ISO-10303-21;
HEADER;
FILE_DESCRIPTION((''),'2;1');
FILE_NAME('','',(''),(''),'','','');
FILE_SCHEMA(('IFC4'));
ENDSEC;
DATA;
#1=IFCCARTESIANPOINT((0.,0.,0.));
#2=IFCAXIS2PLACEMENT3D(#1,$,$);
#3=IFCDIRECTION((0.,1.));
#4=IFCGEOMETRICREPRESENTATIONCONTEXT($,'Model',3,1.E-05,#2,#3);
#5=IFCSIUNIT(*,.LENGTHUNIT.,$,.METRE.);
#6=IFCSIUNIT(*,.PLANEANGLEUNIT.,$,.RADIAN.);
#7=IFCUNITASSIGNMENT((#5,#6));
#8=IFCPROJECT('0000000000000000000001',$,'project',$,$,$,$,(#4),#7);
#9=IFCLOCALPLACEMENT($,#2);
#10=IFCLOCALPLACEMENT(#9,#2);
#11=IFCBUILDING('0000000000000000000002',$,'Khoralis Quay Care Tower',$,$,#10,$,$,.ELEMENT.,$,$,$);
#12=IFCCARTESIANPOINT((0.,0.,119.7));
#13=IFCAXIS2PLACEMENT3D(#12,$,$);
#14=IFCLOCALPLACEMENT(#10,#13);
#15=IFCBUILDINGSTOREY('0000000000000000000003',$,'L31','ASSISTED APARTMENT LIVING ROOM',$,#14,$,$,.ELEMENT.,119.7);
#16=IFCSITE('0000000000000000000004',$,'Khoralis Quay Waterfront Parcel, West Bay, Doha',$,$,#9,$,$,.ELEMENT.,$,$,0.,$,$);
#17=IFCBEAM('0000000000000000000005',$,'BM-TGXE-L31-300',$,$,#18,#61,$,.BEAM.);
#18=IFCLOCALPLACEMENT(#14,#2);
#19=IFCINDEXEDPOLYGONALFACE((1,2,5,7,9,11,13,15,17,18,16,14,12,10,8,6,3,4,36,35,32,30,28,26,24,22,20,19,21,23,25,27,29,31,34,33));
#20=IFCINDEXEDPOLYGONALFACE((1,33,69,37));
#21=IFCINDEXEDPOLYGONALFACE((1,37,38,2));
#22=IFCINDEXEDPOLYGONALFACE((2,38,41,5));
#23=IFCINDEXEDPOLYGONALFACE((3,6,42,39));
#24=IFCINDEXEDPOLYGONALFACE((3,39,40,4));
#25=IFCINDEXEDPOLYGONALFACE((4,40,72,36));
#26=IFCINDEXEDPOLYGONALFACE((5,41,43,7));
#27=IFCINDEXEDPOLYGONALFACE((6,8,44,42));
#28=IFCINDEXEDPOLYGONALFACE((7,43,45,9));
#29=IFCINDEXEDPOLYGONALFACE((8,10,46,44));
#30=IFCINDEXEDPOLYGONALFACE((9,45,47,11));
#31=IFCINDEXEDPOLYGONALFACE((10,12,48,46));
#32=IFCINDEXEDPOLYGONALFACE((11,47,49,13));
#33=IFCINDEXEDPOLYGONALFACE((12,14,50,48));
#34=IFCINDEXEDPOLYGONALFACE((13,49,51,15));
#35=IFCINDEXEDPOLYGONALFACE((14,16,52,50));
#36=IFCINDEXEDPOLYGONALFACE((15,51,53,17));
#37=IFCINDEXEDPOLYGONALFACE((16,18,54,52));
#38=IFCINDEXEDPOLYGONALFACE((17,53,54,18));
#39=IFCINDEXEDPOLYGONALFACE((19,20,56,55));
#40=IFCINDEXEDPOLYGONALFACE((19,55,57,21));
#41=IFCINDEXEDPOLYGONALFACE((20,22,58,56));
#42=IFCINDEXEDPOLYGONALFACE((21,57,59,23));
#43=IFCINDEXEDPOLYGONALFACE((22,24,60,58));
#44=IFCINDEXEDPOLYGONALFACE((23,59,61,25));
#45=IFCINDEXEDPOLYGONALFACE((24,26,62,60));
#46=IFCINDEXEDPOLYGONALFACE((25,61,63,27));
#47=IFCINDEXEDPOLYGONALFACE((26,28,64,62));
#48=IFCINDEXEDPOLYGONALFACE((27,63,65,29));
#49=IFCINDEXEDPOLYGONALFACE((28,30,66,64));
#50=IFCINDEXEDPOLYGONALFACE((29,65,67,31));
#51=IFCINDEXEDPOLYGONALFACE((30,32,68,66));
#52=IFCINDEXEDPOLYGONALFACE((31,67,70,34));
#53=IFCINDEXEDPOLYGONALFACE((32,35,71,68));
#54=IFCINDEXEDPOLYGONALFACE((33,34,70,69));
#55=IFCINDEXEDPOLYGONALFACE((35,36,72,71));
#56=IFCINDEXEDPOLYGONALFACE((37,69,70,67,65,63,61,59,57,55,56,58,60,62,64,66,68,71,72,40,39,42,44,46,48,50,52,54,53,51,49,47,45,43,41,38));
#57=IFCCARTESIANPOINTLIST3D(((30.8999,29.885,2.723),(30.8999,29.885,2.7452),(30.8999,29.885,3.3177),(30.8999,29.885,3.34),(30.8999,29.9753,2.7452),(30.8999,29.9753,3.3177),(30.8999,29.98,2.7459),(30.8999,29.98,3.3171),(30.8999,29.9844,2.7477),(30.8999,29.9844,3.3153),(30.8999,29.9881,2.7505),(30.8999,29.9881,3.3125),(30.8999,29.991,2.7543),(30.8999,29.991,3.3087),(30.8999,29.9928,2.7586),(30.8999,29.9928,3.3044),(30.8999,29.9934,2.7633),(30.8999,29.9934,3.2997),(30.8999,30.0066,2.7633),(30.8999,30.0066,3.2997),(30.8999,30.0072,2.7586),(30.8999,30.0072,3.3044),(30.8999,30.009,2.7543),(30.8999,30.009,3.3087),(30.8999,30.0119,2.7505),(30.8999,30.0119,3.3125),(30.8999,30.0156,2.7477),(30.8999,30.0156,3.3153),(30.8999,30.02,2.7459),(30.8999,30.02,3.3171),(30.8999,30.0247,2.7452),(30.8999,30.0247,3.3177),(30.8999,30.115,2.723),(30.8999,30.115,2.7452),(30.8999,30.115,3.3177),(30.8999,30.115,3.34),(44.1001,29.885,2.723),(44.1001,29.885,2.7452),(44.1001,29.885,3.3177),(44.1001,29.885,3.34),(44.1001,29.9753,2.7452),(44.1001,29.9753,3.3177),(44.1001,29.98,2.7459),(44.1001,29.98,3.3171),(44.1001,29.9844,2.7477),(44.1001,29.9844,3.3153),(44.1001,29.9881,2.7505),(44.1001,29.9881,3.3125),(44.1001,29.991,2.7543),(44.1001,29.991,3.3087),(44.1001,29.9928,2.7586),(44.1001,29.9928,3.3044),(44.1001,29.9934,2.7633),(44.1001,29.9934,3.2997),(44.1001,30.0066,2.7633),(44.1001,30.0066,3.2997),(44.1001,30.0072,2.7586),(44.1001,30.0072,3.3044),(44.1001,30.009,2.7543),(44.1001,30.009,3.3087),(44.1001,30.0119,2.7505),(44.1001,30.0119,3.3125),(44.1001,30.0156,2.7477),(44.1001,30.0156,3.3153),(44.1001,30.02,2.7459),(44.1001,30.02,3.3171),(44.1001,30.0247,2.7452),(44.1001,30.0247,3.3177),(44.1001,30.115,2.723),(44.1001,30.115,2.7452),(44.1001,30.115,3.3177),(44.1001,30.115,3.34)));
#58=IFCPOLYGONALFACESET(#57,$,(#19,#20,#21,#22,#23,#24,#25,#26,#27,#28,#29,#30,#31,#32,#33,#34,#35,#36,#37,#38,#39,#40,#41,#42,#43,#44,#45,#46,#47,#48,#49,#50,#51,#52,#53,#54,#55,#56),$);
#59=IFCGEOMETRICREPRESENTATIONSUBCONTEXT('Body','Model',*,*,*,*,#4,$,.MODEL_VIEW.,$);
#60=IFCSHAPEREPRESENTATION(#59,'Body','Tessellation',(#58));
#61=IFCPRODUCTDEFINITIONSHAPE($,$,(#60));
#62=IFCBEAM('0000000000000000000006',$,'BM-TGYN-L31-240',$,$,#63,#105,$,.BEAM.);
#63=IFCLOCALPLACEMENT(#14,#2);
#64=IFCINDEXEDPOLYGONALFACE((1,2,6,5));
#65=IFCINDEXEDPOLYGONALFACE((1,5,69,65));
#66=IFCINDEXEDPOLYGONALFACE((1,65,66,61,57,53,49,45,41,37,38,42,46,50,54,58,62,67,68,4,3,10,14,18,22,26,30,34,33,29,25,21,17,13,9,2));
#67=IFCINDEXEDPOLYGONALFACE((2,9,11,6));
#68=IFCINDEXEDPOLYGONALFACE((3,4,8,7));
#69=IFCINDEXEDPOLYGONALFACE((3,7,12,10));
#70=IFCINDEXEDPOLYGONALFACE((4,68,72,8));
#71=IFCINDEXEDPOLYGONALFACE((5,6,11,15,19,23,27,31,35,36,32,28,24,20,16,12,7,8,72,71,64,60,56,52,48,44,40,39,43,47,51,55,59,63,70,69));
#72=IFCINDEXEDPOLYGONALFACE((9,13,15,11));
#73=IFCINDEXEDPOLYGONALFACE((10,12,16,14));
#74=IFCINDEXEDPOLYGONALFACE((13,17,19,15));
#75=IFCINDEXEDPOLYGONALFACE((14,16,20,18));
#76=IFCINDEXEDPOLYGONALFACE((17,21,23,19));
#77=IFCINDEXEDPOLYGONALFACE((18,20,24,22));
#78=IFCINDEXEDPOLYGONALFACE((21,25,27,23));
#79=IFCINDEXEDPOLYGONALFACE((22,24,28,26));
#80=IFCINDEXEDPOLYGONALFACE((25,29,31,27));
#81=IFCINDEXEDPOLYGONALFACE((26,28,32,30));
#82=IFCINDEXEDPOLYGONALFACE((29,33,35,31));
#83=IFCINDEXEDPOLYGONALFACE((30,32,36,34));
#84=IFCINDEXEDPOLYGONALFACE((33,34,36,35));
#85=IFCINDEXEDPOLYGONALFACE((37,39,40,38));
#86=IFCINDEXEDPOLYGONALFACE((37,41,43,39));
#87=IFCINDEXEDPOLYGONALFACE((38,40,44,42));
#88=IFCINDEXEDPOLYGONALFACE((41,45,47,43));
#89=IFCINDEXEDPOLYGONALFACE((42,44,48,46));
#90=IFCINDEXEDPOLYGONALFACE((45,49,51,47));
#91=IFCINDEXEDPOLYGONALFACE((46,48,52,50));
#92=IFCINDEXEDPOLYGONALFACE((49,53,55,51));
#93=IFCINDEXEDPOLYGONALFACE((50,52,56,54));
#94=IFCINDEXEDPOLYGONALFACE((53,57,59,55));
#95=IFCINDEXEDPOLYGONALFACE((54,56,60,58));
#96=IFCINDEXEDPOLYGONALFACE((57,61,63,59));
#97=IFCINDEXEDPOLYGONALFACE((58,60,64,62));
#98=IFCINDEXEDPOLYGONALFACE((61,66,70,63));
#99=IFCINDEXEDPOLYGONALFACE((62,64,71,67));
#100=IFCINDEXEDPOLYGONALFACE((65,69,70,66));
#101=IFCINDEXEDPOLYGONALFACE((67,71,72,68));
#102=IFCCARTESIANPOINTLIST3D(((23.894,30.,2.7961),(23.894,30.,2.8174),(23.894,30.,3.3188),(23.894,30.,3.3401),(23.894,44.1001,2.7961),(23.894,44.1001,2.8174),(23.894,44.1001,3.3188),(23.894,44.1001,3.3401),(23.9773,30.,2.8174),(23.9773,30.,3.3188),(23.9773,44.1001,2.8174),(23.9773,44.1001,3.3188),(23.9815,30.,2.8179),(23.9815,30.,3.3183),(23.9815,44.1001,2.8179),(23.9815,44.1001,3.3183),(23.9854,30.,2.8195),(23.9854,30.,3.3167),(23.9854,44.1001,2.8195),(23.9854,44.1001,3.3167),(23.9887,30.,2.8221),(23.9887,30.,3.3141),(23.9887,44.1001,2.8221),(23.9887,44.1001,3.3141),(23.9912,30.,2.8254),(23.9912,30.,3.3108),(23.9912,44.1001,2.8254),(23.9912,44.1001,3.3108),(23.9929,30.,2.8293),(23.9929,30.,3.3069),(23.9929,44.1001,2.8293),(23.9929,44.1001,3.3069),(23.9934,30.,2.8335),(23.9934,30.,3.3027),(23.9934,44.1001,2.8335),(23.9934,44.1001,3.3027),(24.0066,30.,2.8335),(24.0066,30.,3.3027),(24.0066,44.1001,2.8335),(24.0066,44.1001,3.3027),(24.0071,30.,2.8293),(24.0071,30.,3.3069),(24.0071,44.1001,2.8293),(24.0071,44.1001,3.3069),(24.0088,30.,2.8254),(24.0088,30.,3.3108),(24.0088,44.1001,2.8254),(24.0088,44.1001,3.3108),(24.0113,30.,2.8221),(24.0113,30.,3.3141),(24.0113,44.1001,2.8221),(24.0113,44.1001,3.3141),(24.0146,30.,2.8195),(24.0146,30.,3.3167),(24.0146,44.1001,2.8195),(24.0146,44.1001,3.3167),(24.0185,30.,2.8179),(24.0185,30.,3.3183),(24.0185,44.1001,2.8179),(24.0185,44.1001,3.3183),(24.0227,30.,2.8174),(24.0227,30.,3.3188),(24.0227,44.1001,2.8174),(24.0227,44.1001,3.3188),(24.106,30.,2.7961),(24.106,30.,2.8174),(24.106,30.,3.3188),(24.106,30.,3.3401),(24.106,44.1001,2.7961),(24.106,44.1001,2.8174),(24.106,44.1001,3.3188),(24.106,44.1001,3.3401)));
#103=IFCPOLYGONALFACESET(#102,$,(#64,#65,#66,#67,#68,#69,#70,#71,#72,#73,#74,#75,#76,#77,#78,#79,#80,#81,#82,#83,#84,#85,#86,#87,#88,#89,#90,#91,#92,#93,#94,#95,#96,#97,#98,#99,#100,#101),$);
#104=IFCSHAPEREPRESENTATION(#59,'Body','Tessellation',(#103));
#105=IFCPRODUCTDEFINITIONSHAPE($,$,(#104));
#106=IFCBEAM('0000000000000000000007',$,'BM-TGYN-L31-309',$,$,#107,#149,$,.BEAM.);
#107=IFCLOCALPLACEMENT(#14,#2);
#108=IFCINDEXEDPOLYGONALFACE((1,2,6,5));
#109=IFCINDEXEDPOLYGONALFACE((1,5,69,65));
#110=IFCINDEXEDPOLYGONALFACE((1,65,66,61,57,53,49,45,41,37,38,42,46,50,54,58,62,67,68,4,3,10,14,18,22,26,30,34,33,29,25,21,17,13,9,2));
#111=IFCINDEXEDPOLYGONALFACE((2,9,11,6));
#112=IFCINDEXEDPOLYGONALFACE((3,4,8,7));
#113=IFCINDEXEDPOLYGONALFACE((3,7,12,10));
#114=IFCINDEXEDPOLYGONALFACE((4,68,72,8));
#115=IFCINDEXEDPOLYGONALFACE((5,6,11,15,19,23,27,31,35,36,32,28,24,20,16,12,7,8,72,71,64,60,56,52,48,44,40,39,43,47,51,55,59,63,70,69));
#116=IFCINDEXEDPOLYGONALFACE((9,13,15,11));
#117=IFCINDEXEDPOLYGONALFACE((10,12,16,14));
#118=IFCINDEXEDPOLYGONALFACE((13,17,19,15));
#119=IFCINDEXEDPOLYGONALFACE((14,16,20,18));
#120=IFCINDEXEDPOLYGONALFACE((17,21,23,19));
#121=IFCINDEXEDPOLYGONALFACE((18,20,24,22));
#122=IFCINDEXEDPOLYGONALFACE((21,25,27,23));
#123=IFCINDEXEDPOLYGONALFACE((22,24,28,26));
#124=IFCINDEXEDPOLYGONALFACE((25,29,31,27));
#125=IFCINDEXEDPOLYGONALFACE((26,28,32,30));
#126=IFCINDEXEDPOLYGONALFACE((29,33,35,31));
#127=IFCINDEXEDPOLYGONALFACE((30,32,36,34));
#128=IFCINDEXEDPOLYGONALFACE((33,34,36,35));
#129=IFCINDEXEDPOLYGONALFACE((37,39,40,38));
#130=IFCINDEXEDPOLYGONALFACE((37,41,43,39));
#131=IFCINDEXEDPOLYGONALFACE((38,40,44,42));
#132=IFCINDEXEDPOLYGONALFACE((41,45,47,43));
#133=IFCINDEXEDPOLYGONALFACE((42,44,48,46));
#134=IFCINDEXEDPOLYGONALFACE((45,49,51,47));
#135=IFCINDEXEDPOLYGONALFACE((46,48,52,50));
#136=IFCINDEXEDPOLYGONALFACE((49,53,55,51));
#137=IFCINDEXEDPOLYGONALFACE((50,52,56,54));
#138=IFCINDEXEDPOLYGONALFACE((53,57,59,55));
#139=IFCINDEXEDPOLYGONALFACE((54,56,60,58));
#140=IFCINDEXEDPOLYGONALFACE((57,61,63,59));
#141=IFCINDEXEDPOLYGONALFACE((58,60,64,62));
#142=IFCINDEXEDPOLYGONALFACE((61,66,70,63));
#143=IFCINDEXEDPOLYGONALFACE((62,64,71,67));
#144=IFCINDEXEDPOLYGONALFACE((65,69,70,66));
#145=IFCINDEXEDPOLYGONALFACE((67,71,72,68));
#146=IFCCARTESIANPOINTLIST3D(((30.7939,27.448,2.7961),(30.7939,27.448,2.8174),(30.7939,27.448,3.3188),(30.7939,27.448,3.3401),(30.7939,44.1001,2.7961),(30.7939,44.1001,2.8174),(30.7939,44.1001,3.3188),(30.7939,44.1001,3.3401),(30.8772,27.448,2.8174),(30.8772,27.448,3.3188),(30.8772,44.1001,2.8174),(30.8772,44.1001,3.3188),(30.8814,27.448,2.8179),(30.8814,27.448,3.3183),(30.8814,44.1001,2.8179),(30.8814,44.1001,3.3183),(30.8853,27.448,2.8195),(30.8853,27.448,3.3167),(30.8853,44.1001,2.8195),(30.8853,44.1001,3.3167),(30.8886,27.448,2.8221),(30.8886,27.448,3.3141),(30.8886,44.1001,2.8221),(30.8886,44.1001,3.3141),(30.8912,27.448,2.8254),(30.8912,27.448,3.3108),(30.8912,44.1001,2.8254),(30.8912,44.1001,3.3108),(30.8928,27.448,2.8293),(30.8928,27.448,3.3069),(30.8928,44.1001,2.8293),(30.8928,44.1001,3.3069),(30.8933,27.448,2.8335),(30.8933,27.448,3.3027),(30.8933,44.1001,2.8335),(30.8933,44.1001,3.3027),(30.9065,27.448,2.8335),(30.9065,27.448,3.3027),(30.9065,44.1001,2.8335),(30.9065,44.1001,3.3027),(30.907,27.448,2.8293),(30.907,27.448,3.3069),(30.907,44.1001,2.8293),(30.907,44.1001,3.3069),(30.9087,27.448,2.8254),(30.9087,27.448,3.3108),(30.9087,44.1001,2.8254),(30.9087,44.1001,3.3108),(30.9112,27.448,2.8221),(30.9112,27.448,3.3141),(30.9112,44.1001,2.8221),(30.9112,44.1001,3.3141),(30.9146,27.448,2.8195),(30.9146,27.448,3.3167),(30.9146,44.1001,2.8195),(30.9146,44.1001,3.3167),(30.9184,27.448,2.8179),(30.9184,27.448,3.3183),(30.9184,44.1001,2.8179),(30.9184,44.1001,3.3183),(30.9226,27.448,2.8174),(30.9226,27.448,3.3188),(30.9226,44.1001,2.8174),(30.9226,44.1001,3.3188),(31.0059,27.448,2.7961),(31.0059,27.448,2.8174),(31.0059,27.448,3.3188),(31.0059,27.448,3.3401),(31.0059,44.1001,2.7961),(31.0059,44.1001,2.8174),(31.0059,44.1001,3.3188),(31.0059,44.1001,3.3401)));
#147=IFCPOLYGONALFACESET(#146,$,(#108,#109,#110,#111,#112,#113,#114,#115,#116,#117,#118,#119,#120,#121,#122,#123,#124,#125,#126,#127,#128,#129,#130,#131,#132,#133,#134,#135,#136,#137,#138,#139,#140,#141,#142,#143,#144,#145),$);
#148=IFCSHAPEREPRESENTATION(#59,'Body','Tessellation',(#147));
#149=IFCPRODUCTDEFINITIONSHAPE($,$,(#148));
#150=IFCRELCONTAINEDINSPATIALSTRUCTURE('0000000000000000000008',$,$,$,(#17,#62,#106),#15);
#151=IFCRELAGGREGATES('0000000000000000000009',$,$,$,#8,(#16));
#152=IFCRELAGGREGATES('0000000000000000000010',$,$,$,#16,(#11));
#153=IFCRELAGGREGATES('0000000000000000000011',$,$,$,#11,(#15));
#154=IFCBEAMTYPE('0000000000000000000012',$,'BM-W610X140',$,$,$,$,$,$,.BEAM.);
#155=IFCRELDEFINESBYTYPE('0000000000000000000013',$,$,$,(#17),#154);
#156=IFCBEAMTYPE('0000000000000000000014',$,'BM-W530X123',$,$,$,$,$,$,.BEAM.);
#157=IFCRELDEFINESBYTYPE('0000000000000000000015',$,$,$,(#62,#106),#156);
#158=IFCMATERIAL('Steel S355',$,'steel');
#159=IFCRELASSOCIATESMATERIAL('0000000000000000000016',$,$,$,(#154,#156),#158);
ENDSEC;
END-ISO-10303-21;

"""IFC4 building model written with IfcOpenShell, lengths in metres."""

from ifc_helpers import new_model, si_unit, direction, frame, origin, origin_2d, place, context, subcontext, project, spatial, i_section, extrude, source, transform, mapped, material, material_profile, profile_set, type_object, element, save


model = new_model("IFC4")

# Units and contexts
model_context = context("Model", 3, precision=1e-05, world=origin(), true_north=direction((0.0, 1.0)))
body_context = subcontext(model_context, "Body", "Model", "MODEL_VIEW")
ifc_project = project(units=[si_unit("LENGTHUNIT", "METRE"), si_unit("PLANEANGLEUNIT", "RADIAN")], contexts=[model_context])

# Site, building, storey
site_placement = place(None, origin())
site = spatial("IfcSite", under=ifc_project, at=site_placement, Name="Khoralis Quay Waterfront Parcel, West Bay, Doha", CompositionType="ELEMENT", RefElevation=0.0)
building_placement = place(site_placement, origin())
building = spatial("IfcBuilding", under=site, at=building_placement, Name="Khoralis Quay Care Tower", CompositionType="ELEMENT")
storey_placement = place(building_placement, frame((0.0, 0.0, 119.7)))
storey = spatial("IfcBuildingStorey", under=building, at=storey_placement, Name="L31", Description="ASSISTED APARTMENT LIVING ROOM", CompositionType="ELEMENT", Elevation=119.7)

# Beams
ifc_material_1 = material(Name="Steel S355", Category="steel")
ifc_material_profile_1 = material_profile(ifc_material_1, i_section(OverallWidth=0.23, OverallDepth=0.6169, WebThickness=0.0132, FlangeThickness=0.0222, FilletRadius=0.0181, at=origin_2d()), Name="Steel S355")
ifc_profile_set_1 = profile_set([ifc_material_profile_1], Name="Steel S355")
beam_type_1 = type_object("IfcBeamType", Name="BM-W610X140", PredefinedType="BEAM", material=ifc_profile_set_1)
shared_shape_1 = source(origin(), body_context, "Body", "SweptSolid", [
    extrude(i_section(OverallWidth=0.23, OverallDepth=0.6169, WebThickness=0.0132, FlangeThickness=0.0222, FilletRadius=0.0181, at=origin_2d()), origin(), (0.0, 0.0, 1.0), 13.2002),
])
beam_1_placement = place(storey_placement, frame((30.8999, 30.0, 3.0315), z_axis=(1.0, 0.0, 0.0), x_axis=(0.0, 1.0, 0.0)))
element("IfcBeam", 1, at=beam_1_placement, inside=storey, type_object=beam_type_1, Name="BM-TGXE-L31-300", PredefinedType="BEAM", context=body_context, shape_type="MappedRepresentation", body=[
    mapped(shared_shape_1, transform((0.0, 0.0, 0.0), scale=1.0)),
])
ifc_material_profile_2 = material_profile(ifc_material_1, i_section(OverallWidth=0.2119, OverallDepth=0.5439, WebThickness=0.0132, FlangeThickness=0.0212, FilletRadius=0.0161, at=origin_2d()), Name="Steel S355")
ifc_profile_set_2 = profile_set([ifc_material_profile_2], Name="Steel S355")
beam_type_2 = type_object("IfcBeamType", Name="BM-W530X123", PredefinedType="BEAM", material=ifc_profile_set_2)
shared_shape_2 = source(origin(), body_context, "Body", "SweptSolid", [
    extrude(i_section(OverallWidth=0.2119, OverallDepth=0.5439, WebThickness=0.0132, FlangeThickness=0.0212, FilletRadius=0.0161, at=origin_2d()), origin(), (0.0, 0.0, 1.0), 14.1001),
])
beam_2_placement = place(storey_placement, frame((24.0, 30.0, 3.0681), z_axis=(0.0, 1.0, 0.0), x_axis=(-1.0, 0.0, 0.0)))
element("IfcBeam", 2, at=beam_2_placement, inside=storey, type_object=beam_type_2, Name="BM-TGYN-L31-240", PredefinedType="BEAM", context=body_context, shape_type="MappedRepresentation", body=[
    mapped(shared_shape_2, transform((0.0, 0.0, 0.0), scale=1.0)),
])
shared_shape_3 = source(origin(), body_context, "Body", "SweptSolid", [
    extrude(i_section(OverallWidth=0.2119, OverallDepth=0.5439, WebThickness=0.0132, FlangeThickness=0.0212, FilletRadius=0.0161, at=origin_2d()), origin(), (0.0, 0.0, 1.0), 16.6521),
])
beam_3_placement = place(storey_placement, frame((30.8999, 27.448, 3.0681), z_axis=(0.0, 1.0, 0.0), x_axis=(-1.0, 0.0, 0.0)))
element("IfcBeam", 3, at=beam_3_placement, inside=storey, type_object=beam_type_2, Name="BM-TGYN-L31-309", PredefinedType="BEAM", context=body_context, shape_type="MappedRepresentation", body=[
    mapped(shared_shape_3, transform((0.0, 0.0, 0.0), scale=1.0)),
])

save(model, "model.ifc")
